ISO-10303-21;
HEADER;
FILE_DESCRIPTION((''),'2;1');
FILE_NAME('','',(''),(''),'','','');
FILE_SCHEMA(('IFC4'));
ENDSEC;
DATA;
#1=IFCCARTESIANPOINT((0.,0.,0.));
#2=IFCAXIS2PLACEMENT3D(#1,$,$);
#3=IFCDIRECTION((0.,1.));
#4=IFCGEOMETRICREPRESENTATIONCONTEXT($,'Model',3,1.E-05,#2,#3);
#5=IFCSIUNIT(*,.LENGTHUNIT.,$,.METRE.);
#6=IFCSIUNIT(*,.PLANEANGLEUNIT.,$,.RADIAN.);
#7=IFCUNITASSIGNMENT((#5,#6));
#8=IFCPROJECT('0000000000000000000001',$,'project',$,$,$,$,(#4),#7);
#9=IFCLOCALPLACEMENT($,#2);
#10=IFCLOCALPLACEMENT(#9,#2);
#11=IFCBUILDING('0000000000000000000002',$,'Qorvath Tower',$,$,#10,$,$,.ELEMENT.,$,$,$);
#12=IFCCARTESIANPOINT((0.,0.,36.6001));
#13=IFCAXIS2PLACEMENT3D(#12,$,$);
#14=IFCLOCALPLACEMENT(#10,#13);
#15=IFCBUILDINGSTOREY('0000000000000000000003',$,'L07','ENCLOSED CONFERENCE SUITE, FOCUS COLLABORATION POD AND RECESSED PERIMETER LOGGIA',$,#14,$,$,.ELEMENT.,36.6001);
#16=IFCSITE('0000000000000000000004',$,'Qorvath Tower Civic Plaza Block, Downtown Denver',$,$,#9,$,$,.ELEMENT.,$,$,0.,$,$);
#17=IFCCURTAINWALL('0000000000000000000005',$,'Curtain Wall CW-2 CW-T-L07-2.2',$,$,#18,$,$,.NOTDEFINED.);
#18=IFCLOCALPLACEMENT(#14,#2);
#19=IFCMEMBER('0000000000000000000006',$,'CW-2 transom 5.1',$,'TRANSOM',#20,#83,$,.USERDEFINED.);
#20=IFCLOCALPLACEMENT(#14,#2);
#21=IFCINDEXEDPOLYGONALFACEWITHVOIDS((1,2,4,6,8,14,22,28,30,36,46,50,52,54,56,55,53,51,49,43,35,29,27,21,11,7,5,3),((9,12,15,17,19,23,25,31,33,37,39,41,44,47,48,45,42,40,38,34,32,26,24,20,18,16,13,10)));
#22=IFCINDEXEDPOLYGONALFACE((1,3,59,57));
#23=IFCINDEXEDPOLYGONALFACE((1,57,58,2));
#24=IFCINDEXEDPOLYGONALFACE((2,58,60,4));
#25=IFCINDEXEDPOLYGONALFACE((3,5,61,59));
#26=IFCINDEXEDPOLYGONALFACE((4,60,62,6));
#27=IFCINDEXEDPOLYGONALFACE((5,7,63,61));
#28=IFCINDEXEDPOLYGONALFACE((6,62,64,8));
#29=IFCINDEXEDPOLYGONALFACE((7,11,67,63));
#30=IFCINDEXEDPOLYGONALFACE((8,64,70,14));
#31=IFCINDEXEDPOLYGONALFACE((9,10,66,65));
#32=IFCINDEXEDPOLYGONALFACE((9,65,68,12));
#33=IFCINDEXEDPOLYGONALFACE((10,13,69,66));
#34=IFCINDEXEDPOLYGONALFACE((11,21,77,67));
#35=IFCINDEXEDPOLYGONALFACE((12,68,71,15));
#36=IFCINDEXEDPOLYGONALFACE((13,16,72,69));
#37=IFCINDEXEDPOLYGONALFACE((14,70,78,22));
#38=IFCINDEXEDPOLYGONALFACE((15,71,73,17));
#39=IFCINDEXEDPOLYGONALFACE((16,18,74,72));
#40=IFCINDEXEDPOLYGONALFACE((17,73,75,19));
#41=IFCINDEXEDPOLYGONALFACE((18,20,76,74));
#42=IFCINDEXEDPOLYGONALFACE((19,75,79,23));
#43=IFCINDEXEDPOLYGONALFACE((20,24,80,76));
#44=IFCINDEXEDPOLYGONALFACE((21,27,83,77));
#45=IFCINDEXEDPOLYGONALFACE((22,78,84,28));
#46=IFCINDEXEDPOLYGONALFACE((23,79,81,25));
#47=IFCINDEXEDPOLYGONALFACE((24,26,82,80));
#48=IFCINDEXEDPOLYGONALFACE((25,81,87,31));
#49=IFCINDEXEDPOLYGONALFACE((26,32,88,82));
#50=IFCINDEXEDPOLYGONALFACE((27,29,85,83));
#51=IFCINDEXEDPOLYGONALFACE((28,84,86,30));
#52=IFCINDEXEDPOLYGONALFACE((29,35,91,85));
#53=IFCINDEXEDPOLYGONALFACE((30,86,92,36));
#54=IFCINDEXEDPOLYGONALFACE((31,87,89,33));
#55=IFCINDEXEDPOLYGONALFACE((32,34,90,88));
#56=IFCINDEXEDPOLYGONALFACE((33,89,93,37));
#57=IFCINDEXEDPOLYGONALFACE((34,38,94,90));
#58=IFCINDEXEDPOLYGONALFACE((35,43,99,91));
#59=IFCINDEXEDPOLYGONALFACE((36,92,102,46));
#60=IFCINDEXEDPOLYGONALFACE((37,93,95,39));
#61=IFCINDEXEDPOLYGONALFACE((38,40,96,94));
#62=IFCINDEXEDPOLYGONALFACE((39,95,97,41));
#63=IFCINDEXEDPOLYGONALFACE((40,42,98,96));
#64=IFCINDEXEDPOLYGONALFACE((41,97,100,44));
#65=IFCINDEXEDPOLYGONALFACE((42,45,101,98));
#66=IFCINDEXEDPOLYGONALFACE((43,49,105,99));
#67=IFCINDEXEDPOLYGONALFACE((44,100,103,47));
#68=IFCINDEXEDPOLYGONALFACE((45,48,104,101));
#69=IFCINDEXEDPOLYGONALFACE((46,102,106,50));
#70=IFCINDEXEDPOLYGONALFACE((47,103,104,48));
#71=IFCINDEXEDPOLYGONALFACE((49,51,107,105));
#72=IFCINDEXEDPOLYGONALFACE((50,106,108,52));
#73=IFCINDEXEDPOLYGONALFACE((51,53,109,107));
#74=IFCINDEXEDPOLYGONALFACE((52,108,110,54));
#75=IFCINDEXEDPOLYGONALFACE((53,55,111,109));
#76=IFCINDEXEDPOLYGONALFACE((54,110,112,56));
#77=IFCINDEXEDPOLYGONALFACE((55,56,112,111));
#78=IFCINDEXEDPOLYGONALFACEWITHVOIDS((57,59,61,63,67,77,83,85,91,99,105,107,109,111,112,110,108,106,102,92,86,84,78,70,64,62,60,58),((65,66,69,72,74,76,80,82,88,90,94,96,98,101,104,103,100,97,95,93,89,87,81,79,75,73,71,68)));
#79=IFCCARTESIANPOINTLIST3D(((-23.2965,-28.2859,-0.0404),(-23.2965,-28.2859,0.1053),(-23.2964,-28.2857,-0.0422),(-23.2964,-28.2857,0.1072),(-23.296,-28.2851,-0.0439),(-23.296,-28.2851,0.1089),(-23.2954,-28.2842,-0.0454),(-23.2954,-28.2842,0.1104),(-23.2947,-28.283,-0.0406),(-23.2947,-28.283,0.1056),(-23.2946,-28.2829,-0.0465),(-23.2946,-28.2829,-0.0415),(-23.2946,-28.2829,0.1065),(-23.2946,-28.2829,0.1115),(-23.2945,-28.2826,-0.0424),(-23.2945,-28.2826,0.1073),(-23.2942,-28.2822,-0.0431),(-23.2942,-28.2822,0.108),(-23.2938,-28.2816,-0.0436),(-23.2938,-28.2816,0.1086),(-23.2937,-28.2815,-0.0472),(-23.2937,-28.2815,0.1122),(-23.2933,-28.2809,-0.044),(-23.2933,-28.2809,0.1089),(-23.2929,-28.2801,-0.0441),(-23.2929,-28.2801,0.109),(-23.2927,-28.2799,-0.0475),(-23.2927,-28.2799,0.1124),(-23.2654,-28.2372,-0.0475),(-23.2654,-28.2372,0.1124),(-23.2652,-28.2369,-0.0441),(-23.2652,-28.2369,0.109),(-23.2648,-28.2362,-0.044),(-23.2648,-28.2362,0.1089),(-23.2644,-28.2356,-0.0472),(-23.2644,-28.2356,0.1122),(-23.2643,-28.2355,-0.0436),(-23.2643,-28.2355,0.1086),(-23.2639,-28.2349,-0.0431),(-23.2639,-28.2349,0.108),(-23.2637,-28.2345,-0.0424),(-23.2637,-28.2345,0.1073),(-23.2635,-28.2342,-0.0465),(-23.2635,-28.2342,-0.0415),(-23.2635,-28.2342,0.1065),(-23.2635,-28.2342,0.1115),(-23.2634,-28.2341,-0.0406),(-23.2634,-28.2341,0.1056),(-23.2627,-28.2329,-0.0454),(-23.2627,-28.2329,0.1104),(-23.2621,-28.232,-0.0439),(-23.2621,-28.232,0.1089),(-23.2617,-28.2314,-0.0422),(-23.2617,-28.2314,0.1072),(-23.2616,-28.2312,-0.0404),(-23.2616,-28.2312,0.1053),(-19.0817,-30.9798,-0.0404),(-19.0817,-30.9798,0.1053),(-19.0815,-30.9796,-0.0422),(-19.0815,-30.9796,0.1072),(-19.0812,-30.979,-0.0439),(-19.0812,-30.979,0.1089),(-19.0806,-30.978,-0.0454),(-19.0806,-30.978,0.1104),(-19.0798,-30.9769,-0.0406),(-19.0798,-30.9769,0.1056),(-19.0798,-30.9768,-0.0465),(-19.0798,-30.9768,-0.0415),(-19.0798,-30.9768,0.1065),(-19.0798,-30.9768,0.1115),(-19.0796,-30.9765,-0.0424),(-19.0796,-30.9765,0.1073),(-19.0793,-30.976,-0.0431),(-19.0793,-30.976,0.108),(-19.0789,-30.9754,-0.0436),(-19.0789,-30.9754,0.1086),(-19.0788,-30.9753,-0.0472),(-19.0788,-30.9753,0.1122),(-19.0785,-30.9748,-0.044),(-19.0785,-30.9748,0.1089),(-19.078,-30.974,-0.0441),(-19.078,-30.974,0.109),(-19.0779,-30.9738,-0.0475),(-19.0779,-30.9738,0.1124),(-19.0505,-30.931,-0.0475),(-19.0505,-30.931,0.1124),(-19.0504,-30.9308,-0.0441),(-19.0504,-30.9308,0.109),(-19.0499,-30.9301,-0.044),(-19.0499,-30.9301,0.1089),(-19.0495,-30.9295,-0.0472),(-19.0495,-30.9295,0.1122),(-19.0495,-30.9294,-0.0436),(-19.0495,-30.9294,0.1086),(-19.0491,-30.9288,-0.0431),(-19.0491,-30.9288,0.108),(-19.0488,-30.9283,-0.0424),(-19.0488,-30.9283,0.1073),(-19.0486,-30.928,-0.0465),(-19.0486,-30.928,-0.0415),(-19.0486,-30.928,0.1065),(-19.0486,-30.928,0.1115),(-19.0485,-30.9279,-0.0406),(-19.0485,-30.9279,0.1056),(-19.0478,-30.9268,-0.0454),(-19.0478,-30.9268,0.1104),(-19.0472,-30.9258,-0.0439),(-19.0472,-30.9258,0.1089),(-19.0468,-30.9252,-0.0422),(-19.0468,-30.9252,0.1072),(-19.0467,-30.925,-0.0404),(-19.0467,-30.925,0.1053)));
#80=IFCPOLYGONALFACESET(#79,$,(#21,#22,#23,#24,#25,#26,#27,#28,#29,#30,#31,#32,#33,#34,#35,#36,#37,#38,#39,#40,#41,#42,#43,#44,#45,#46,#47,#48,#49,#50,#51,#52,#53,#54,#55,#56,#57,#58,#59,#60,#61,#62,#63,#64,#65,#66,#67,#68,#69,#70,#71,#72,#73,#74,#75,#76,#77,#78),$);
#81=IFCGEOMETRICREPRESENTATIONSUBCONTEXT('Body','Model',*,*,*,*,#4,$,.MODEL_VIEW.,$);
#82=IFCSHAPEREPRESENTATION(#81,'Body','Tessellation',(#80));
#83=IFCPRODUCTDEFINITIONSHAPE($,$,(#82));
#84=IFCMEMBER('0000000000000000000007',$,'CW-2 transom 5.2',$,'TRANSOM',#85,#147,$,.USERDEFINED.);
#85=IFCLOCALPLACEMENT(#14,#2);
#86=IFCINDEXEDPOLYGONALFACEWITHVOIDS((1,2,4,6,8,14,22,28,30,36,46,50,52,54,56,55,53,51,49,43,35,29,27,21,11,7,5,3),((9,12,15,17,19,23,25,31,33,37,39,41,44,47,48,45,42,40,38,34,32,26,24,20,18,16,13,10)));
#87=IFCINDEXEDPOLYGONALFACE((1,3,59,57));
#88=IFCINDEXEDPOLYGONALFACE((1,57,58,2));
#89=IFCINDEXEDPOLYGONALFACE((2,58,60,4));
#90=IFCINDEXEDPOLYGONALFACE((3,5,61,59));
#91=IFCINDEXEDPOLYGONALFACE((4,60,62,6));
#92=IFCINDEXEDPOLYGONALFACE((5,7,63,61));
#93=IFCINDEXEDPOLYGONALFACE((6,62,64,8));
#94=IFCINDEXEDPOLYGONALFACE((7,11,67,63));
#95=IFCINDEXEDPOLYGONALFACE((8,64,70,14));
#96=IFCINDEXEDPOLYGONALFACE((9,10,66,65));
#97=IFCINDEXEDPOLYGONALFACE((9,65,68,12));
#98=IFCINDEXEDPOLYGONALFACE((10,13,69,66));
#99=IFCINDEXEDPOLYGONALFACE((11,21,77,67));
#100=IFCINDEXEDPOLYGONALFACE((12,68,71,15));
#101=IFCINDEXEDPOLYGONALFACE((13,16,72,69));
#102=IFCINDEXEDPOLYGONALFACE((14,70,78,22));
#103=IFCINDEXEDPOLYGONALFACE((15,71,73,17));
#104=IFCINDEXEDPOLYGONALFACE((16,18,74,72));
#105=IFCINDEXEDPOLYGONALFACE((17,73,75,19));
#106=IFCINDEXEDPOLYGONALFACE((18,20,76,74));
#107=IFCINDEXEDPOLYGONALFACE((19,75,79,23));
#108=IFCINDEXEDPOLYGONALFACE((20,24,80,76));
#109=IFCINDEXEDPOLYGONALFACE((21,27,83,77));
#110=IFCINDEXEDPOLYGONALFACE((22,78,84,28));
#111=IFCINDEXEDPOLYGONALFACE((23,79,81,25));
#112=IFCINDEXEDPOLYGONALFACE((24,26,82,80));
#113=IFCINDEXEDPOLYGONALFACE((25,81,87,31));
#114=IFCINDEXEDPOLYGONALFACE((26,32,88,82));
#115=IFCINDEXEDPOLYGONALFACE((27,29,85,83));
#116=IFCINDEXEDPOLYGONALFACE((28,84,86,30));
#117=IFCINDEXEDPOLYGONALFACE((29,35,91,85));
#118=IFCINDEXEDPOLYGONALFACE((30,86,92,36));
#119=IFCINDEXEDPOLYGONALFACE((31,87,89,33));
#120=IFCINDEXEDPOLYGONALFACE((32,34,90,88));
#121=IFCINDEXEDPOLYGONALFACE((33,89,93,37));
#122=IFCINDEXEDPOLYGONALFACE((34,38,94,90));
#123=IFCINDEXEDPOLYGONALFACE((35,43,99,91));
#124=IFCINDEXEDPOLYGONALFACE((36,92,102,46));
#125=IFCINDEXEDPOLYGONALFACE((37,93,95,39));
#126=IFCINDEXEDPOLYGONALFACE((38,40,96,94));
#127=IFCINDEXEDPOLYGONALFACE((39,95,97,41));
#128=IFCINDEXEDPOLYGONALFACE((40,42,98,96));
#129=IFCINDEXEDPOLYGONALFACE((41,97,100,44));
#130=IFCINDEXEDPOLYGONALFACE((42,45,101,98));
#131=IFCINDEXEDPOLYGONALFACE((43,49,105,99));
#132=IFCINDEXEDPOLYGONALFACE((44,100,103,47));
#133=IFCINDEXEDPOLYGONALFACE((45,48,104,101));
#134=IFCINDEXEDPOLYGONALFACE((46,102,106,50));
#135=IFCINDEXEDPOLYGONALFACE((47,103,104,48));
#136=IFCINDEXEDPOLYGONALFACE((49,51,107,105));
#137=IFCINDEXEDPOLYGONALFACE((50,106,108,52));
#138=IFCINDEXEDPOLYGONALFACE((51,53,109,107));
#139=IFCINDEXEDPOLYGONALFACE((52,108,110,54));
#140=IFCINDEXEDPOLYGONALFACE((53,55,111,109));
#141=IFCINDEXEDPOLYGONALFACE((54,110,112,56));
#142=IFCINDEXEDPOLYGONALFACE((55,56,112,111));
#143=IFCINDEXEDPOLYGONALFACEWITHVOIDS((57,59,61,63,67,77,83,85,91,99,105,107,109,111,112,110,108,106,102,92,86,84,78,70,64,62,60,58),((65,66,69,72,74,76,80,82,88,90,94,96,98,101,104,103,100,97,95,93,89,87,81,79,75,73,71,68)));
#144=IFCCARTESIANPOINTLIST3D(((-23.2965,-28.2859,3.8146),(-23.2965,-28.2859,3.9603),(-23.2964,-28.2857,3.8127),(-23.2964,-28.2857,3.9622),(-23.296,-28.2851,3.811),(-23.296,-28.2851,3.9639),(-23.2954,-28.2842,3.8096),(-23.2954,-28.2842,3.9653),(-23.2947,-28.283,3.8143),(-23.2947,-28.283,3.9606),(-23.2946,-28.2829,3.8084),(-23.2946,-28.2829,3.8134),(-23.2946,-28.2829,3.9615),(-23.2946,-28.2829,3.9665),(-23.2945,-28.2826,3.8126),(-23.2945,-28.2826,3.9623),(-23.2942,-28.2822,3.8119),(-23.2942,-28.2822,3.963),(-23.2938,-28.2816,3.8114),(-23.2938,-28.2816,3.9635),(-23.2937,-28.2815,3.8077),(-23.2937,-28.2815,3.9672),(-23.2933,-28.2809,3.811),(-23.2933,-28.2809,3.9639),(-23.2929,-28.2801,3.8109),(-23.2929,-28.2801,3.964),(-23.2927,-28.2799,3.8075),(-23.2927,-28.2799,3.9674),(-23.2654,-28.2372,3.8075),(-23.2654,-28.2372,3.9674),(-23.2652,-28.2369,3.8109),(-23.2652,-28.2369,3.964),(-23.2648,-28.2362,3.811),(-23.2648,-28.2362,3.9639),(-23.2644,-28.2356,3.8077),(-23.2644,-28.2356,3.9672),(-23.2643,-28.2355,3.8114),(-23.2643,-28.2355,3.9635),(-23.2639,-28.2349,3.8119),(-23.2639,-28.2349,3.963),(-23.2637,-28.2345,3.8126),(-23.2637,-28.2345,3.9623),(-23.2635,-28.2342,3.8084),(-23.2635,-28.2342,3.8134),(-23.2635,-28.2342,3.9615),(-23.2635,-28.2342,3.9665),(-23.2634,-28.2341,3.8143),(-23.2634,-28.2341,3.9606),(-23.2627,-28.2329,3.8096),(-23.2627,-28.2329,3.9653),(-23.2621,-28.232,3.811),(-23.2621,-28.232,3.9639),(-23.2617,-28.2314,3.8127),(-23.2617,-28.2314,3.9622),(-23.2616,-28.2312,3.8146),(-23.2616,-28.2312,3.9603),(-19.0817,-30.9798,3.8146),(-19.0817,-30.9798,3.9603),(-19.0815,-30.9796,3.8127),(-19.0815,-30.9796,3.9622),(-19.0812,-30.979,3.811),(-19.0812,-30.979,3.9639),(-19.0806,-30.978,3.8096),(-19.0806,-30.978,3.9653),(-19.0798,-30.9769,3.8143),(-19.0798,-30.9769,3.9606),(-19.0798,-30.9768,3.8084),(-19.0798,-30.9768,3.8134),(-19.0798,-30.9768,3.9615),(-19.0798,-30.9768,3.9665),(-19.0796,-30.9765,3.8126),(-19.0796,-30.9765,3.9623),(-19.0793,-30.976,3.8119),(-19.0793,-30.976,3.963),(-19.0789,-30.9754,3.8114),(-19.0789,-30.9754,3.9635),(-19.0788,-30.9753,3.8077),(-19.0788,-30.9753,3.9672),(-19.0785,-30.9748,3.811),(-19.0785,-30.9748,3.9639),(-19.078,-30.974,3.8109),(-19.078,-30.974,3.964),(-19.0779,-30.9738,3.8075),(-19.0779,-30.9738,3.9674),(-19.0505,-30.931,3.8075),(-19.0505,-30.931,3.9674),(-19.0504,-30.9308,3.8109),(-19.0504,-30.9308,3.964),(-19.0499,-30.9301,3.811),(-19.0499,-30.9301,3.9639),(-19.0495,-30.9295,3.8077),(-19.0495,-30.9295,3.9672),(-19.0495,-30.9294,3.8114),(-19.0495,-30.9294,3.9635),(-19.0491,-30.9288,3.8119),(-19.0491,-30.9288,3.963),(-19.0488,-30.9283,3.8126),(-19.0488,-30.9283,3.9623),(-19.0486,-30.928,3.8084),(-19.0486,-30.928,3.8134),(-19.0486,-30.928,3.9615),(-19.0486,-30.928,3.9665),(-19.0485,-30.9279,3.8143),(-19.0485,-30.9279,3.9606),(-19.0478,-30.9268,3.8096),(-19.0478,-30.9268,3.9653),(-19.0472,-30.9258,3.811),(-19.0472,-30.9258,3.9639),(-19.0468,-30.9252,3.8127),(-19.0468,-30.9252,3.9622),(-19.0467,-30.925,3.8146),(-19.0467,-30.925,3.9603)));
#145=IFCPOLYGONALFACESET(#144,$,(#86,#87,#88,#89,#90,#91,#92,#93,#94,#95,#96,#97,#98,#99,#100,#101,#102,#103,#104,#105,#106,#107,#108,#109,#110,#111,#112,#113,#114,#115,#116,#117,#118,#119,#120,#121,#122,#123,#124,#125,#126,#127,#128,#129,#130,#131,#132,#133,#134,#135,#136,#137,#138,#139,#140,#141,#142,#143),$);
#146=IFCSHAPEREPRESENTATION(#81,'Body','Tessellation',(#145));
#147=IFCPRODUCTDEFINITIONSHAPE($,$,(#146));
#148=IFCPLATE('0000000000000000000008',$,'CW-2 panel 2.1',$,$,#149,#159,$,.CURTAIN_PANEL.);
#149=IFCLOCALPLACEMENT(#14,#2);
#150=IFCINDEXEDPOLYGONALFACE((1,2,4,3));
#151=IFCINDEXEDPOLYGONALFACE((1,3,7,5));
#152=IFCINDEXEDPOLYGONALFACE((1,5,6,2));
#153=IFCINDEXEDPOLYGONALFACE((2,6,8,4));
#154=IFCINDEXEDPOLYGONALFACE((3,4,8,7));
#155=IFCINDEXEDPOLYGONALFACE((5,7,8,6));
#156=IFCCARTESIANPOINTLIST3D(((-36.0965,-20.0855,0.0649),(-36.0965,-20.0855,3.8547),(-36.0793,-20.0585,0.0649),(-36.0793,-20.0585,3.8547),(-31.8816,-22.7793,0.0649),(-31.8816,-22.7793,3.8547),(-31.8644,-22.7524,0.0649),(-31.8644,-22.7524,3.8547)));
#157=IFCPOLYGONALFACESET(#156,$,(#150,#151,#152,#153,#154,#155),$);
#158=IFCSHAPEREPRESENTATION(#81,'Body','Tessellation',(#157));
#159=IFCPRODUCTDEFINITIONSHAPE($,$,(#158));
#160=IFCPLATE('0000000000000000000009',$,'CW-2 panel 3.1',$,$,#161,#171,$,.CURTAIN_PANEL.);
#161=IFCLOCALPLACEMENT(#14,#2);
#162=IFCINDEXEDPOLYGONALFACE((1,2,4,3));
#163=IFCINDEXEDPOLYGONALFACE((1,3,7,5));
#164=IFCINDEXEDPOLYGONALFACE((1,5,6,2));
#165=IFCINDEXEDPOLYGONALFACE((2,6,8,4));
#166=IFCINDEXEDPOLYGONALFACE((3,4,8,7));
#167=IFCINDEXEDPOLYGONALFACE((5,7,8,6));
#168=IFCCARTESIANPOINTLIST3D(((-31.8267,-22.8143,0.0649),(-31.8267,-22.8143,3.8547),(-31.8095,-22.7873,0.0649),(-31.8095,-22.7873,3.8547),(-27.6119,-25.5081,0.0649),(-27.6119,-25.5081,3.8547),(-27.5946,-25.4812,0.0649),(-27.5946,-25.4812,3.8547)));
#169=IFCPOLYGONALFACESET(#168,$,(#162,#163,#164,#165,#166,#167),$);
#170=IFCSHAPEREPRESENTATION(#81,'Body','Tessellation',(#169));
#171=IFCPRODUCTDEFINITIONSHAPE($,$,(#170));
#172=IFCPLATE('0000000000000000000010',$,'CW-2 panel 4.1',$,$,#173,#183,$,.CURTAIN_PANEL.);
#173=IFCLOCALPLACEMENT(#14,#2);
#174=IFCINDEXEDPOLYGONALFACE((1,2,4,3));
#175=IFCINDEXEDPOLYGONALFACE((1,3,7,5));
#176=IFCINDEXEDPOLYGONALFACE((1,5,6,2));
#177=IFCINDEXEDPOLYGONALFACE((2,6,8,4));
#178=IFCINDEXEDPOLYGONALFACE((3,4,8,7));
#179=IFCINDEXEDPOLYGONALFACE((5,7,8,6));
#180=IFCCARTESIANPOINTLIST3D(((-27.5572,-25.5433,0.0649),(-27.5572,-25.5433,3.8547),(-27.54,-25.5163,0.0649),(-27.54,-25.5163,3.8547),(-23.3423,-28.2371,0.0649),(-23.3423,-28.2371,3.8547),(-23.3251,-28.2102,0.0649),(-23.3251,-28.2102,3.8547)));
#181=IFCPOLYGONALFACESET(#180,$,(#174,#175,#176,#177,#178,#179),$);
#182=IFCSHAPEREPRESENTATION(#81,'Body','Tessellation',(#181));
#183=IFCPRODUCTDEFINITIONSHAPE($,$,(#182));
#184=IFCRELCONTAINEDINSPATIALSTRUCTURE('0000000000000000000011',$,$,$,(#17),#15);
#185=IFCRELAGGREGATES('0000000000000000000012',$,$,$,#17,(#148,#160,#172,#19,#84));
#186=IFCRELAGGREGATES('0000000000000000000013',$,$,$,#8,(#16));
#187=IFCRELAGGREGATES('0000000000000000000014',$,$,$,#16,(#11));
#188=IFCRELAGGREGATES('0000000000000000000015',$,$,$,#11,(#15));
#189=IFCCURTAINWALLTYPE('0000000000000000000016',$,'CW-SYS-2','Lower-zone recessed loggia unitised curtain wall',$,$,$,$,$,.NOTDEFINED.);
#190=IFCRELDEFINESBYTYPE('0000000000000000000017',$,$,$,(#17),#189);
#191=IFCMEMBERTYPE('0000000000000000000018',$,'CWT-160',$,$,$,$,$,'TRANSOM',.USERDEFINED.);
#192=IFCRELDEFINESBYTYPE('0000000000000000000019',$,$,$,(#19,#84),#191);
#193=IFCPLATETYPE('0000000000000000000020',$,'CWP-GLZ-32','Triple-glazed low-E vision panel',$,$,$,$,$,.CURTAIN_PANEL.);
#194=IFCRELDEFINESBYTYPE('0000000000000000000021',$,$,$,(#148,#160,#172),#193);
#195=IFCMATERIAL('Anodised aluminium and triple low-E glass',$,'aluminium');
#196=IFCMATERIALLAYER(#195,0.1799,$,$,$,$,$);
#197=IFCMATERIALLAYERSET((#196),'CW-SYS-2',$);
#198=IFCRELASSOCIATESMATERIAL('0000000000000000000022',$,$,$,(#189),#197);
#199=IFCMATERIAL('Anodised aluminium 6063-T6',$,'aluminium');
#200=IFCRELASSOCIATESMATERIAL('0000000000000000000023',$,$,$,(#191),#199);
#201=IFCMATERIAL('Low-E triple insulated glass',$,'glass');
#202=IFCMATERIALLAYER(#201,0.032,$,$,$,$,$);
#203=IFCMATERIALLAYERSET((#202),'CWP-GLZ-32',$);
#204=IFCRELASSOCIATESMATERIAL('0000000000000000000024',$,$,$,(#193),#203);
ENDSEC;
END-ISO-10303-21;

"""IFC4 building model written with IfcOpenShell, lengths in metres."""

from ifc_helpers import new_model, si_unit, direction, frame, origin, origin_2d, place, context, subcontext, project, spatial, rectangle, hollow_rectangle, extrude, material, layer, layer_set, material_profile, profile_set, type_object, element, aggregate, save


model = new_model("IFC4")

# Units and contexts
model_context = context("Model", 3, precision=1e-05, world=origin(), true_north=direction((0.0, 1.0)))
body_context = subcontext(model_context, "Body", "Model", "MODEL_VIEW")
ifc_project = project(units=[si_unit("LENGTHUNIT", "METRE"), si_unit("PLANEANGLEUNIT", "RADIAN")], contexts=[model_context])

# Site, building, storey
site_placement = place(None, origin())
site = spatial("IfcSite", under=ifc_project, at=site_placement, Name="Qorvath Tower Civic Plaza Block, Downtown Denver", CompositionType="ELEMENT", RefElevation=0.0)
building_placement = place(site_placement, origin())
building = spatial("IfcBuilding", under=site, at=building_placement, Name="Qorvath Tower", CompositionType="ELEMENT")
storey_placement = place(building_placement, frame((0.0, 0.0, 36.6001)))
storey = spatial("IfcBuildingStorey", under=building, at=storey_placement, Name="L07", Description="ENCLOSED CONFERENCE SUITE, FOCUS COLLABORATION POD AND RECESSED PERIMETER LOGGIA", CompositionType="ELEMENT", Elevation=36.6001)

# Curtain wall, members, plates
ifc_material_1 = material(Name="Anodised aluminium and triple low-E glass", Category="aluminium")
ifc_layer_1 = layer(ifc_material_1, 0.1799)
ifc_layer_set_1 = layer_set([ifc_layer_1], Name="CW-SYS-2")
curtain_wall_type = type_object("IfcCurtainWallType", Name="CW-SYS-2", Description="Lower-zone recessed loggia unitised curtain wall", PredefinedType="NOTDEFINED", material=ifc_layer_set_1)
curtain_wall_placement = place(storey_placement, origin())
curtain_wall = element("IfcCurtainWall", 1, at=curtain_wall_placement, inside=storey, type_object=curtain_wall_type, Name="Curtain Wall CW-2 CW-T-L07-2.2", PredefinedType="NOTDEFINED")
ifc_material_2 = material(Name="Anodised aluminium 6063-T6", Category="aluminium")
ifc_material_profile_1 = material_profile(ifc_material_2, hollow_rectangle(XDim=0.0649, YDim=0.1599, WallThickness=0.0034, InnerFilletRadius=0.0034, OuterFilletRadius=0.0071, at=origin_2d()), Name="CWT 160x65")
ifc_profile_set_1 = profile_set([ifc_material_profile_1], Name="Anodised aluminium 6063-T6")
member_type_1 = type_object("IfcMemberType", Name="CWT-160", ElementType="TRANSOM", PredefinedType="USERDEFINED", material=ifc_profile_set_1)
member_1_placement = place(storey_placement, frame((-23.2791, -28.2585, 0.0325), z_axis=(0.842603, -0.538536, 0.0), x_axis=(0.538536, 0.842603, 0.0)))
member_1 = element("IfcMember", 2, at=member_1_placement, type_object=member_type_1, Name="CW-2 transom 5.1", ObjectType="TRANSOM", PredefinedType="USERDEFINED", context=body_context, shape_type="SweptSolid", body=[
    extrude(hollow_rectangle(XDim=0.0649, YDim=0.1599, WallThickness=0.0034, InnerFilletRadius=0.0034, OuterFilletRadius=0.0071, at=origin_2d()), origin(), (0.0, 0.0, 1.0), 5.0022),
])
member_2_placement = place(storey_placement, frame((-23.2791, -28.2585, 3.8875), z_axis=(0.842603, -0.538536, 0.0), x_axis=(0.538536, 0.842603, 0.0)))
member_2 = element("IfcMember", 3, at=member_2_placement, type_object=member_type_1, Name="CW-2 transom 5.2", ObjectType="TRANSOM", PredefinedType="USERDEFINED", context=body_context, shape_type="SweptSolid", body=[
    extrude(hollow_rectangle(XDim=0.0649, YDim=0.1599, WallThickness=0.0034, InnerFilletRadius=0.0034, OuterFilletRadius=0.0071, at=origin_2d()), origin(), (0.0, 0.0, 1.0), 5.0022),
])
ifc_material_3 = material(Name="Low-E triple insulated glass", Category="glass")
ifc_layer_2 = layer(ifc_material_3, 0.032)
ifc_layer_set_2 = layer_set([ifc_layer_2], Name="CWP-GLZ-32")
plate_type = type_object("IfcPlateType", Name="CWP-GLZ-32", Description="Triple-glazed low-E vision panel", PredefinedType="CURTAIN_PANEL", material=ifc_layer_set_2)
plate_1_placement = place(storey_placement, frame((-33.9805, -21.4189, 0.0649), z_axis=(0.0, 0.0, 1.0), x_axis=(0.842605, -0.538533, 0.0)))
plate_1 = element("IfcPlate", 4, at=plate_1_placement, type_object=plate_type, Name="CW-2 panel 2.1", PredefinedType="CURTAIN_PANEL", context=body_context, shape_type="SweptSolid", body=[
    extrude(rectangle(XDim=5.0022, YDim=0.032, at=origin_2d()), origin(), (0.0, 0.0, 1.0), 3.7898),
])
plate_2_placement = place(storey_placement, frame((-29.7107, -24.1477, 0.0649), z_axis=(0.0, 0.0, 1.0), x_axis=(0.842605, -0.538533, 0.0)))
plate_2 = element("IfcPlate", 5, at=plate_2_placement, type_object=plate_type, Name="CW-2 panel 3.1", PredefinedType="CURTAIN_PANEL", context=body_context, shape_type="SweptSolid", body=[
    extrude(rectangle(XDim=5.0022, YDim=0.032, at=origin_2d()), origin(), (0.0, 0.0, 1.0), 3.7898),
])
plate_3_placement = place(storey_placement, frame((-25.4412, -26.8767, 0.0649), z_axis=(0.0, 0.0, 1.0), x_axis=(0.842605, -0.538533, 0.0)))
plate_3 = element("IfcPlate", 6, at=plate_3_placement, type_object=plate_type, Name="CW-2 panel 4.1", PredefinedType="CURTAIN_PANEL", context=body_context, shape_type="SweptSolid", body=[
    extrude(rectangle(XDim=5.0022, YDim=0.032, at=origin_2d()), origin(), (0.0, 0.0, 1.0), 3.7898),
])
aggregate(curtain_wall, [plate_1, plate_2, plate_3, member_1, member_2])

save(model, "model.ifc")
